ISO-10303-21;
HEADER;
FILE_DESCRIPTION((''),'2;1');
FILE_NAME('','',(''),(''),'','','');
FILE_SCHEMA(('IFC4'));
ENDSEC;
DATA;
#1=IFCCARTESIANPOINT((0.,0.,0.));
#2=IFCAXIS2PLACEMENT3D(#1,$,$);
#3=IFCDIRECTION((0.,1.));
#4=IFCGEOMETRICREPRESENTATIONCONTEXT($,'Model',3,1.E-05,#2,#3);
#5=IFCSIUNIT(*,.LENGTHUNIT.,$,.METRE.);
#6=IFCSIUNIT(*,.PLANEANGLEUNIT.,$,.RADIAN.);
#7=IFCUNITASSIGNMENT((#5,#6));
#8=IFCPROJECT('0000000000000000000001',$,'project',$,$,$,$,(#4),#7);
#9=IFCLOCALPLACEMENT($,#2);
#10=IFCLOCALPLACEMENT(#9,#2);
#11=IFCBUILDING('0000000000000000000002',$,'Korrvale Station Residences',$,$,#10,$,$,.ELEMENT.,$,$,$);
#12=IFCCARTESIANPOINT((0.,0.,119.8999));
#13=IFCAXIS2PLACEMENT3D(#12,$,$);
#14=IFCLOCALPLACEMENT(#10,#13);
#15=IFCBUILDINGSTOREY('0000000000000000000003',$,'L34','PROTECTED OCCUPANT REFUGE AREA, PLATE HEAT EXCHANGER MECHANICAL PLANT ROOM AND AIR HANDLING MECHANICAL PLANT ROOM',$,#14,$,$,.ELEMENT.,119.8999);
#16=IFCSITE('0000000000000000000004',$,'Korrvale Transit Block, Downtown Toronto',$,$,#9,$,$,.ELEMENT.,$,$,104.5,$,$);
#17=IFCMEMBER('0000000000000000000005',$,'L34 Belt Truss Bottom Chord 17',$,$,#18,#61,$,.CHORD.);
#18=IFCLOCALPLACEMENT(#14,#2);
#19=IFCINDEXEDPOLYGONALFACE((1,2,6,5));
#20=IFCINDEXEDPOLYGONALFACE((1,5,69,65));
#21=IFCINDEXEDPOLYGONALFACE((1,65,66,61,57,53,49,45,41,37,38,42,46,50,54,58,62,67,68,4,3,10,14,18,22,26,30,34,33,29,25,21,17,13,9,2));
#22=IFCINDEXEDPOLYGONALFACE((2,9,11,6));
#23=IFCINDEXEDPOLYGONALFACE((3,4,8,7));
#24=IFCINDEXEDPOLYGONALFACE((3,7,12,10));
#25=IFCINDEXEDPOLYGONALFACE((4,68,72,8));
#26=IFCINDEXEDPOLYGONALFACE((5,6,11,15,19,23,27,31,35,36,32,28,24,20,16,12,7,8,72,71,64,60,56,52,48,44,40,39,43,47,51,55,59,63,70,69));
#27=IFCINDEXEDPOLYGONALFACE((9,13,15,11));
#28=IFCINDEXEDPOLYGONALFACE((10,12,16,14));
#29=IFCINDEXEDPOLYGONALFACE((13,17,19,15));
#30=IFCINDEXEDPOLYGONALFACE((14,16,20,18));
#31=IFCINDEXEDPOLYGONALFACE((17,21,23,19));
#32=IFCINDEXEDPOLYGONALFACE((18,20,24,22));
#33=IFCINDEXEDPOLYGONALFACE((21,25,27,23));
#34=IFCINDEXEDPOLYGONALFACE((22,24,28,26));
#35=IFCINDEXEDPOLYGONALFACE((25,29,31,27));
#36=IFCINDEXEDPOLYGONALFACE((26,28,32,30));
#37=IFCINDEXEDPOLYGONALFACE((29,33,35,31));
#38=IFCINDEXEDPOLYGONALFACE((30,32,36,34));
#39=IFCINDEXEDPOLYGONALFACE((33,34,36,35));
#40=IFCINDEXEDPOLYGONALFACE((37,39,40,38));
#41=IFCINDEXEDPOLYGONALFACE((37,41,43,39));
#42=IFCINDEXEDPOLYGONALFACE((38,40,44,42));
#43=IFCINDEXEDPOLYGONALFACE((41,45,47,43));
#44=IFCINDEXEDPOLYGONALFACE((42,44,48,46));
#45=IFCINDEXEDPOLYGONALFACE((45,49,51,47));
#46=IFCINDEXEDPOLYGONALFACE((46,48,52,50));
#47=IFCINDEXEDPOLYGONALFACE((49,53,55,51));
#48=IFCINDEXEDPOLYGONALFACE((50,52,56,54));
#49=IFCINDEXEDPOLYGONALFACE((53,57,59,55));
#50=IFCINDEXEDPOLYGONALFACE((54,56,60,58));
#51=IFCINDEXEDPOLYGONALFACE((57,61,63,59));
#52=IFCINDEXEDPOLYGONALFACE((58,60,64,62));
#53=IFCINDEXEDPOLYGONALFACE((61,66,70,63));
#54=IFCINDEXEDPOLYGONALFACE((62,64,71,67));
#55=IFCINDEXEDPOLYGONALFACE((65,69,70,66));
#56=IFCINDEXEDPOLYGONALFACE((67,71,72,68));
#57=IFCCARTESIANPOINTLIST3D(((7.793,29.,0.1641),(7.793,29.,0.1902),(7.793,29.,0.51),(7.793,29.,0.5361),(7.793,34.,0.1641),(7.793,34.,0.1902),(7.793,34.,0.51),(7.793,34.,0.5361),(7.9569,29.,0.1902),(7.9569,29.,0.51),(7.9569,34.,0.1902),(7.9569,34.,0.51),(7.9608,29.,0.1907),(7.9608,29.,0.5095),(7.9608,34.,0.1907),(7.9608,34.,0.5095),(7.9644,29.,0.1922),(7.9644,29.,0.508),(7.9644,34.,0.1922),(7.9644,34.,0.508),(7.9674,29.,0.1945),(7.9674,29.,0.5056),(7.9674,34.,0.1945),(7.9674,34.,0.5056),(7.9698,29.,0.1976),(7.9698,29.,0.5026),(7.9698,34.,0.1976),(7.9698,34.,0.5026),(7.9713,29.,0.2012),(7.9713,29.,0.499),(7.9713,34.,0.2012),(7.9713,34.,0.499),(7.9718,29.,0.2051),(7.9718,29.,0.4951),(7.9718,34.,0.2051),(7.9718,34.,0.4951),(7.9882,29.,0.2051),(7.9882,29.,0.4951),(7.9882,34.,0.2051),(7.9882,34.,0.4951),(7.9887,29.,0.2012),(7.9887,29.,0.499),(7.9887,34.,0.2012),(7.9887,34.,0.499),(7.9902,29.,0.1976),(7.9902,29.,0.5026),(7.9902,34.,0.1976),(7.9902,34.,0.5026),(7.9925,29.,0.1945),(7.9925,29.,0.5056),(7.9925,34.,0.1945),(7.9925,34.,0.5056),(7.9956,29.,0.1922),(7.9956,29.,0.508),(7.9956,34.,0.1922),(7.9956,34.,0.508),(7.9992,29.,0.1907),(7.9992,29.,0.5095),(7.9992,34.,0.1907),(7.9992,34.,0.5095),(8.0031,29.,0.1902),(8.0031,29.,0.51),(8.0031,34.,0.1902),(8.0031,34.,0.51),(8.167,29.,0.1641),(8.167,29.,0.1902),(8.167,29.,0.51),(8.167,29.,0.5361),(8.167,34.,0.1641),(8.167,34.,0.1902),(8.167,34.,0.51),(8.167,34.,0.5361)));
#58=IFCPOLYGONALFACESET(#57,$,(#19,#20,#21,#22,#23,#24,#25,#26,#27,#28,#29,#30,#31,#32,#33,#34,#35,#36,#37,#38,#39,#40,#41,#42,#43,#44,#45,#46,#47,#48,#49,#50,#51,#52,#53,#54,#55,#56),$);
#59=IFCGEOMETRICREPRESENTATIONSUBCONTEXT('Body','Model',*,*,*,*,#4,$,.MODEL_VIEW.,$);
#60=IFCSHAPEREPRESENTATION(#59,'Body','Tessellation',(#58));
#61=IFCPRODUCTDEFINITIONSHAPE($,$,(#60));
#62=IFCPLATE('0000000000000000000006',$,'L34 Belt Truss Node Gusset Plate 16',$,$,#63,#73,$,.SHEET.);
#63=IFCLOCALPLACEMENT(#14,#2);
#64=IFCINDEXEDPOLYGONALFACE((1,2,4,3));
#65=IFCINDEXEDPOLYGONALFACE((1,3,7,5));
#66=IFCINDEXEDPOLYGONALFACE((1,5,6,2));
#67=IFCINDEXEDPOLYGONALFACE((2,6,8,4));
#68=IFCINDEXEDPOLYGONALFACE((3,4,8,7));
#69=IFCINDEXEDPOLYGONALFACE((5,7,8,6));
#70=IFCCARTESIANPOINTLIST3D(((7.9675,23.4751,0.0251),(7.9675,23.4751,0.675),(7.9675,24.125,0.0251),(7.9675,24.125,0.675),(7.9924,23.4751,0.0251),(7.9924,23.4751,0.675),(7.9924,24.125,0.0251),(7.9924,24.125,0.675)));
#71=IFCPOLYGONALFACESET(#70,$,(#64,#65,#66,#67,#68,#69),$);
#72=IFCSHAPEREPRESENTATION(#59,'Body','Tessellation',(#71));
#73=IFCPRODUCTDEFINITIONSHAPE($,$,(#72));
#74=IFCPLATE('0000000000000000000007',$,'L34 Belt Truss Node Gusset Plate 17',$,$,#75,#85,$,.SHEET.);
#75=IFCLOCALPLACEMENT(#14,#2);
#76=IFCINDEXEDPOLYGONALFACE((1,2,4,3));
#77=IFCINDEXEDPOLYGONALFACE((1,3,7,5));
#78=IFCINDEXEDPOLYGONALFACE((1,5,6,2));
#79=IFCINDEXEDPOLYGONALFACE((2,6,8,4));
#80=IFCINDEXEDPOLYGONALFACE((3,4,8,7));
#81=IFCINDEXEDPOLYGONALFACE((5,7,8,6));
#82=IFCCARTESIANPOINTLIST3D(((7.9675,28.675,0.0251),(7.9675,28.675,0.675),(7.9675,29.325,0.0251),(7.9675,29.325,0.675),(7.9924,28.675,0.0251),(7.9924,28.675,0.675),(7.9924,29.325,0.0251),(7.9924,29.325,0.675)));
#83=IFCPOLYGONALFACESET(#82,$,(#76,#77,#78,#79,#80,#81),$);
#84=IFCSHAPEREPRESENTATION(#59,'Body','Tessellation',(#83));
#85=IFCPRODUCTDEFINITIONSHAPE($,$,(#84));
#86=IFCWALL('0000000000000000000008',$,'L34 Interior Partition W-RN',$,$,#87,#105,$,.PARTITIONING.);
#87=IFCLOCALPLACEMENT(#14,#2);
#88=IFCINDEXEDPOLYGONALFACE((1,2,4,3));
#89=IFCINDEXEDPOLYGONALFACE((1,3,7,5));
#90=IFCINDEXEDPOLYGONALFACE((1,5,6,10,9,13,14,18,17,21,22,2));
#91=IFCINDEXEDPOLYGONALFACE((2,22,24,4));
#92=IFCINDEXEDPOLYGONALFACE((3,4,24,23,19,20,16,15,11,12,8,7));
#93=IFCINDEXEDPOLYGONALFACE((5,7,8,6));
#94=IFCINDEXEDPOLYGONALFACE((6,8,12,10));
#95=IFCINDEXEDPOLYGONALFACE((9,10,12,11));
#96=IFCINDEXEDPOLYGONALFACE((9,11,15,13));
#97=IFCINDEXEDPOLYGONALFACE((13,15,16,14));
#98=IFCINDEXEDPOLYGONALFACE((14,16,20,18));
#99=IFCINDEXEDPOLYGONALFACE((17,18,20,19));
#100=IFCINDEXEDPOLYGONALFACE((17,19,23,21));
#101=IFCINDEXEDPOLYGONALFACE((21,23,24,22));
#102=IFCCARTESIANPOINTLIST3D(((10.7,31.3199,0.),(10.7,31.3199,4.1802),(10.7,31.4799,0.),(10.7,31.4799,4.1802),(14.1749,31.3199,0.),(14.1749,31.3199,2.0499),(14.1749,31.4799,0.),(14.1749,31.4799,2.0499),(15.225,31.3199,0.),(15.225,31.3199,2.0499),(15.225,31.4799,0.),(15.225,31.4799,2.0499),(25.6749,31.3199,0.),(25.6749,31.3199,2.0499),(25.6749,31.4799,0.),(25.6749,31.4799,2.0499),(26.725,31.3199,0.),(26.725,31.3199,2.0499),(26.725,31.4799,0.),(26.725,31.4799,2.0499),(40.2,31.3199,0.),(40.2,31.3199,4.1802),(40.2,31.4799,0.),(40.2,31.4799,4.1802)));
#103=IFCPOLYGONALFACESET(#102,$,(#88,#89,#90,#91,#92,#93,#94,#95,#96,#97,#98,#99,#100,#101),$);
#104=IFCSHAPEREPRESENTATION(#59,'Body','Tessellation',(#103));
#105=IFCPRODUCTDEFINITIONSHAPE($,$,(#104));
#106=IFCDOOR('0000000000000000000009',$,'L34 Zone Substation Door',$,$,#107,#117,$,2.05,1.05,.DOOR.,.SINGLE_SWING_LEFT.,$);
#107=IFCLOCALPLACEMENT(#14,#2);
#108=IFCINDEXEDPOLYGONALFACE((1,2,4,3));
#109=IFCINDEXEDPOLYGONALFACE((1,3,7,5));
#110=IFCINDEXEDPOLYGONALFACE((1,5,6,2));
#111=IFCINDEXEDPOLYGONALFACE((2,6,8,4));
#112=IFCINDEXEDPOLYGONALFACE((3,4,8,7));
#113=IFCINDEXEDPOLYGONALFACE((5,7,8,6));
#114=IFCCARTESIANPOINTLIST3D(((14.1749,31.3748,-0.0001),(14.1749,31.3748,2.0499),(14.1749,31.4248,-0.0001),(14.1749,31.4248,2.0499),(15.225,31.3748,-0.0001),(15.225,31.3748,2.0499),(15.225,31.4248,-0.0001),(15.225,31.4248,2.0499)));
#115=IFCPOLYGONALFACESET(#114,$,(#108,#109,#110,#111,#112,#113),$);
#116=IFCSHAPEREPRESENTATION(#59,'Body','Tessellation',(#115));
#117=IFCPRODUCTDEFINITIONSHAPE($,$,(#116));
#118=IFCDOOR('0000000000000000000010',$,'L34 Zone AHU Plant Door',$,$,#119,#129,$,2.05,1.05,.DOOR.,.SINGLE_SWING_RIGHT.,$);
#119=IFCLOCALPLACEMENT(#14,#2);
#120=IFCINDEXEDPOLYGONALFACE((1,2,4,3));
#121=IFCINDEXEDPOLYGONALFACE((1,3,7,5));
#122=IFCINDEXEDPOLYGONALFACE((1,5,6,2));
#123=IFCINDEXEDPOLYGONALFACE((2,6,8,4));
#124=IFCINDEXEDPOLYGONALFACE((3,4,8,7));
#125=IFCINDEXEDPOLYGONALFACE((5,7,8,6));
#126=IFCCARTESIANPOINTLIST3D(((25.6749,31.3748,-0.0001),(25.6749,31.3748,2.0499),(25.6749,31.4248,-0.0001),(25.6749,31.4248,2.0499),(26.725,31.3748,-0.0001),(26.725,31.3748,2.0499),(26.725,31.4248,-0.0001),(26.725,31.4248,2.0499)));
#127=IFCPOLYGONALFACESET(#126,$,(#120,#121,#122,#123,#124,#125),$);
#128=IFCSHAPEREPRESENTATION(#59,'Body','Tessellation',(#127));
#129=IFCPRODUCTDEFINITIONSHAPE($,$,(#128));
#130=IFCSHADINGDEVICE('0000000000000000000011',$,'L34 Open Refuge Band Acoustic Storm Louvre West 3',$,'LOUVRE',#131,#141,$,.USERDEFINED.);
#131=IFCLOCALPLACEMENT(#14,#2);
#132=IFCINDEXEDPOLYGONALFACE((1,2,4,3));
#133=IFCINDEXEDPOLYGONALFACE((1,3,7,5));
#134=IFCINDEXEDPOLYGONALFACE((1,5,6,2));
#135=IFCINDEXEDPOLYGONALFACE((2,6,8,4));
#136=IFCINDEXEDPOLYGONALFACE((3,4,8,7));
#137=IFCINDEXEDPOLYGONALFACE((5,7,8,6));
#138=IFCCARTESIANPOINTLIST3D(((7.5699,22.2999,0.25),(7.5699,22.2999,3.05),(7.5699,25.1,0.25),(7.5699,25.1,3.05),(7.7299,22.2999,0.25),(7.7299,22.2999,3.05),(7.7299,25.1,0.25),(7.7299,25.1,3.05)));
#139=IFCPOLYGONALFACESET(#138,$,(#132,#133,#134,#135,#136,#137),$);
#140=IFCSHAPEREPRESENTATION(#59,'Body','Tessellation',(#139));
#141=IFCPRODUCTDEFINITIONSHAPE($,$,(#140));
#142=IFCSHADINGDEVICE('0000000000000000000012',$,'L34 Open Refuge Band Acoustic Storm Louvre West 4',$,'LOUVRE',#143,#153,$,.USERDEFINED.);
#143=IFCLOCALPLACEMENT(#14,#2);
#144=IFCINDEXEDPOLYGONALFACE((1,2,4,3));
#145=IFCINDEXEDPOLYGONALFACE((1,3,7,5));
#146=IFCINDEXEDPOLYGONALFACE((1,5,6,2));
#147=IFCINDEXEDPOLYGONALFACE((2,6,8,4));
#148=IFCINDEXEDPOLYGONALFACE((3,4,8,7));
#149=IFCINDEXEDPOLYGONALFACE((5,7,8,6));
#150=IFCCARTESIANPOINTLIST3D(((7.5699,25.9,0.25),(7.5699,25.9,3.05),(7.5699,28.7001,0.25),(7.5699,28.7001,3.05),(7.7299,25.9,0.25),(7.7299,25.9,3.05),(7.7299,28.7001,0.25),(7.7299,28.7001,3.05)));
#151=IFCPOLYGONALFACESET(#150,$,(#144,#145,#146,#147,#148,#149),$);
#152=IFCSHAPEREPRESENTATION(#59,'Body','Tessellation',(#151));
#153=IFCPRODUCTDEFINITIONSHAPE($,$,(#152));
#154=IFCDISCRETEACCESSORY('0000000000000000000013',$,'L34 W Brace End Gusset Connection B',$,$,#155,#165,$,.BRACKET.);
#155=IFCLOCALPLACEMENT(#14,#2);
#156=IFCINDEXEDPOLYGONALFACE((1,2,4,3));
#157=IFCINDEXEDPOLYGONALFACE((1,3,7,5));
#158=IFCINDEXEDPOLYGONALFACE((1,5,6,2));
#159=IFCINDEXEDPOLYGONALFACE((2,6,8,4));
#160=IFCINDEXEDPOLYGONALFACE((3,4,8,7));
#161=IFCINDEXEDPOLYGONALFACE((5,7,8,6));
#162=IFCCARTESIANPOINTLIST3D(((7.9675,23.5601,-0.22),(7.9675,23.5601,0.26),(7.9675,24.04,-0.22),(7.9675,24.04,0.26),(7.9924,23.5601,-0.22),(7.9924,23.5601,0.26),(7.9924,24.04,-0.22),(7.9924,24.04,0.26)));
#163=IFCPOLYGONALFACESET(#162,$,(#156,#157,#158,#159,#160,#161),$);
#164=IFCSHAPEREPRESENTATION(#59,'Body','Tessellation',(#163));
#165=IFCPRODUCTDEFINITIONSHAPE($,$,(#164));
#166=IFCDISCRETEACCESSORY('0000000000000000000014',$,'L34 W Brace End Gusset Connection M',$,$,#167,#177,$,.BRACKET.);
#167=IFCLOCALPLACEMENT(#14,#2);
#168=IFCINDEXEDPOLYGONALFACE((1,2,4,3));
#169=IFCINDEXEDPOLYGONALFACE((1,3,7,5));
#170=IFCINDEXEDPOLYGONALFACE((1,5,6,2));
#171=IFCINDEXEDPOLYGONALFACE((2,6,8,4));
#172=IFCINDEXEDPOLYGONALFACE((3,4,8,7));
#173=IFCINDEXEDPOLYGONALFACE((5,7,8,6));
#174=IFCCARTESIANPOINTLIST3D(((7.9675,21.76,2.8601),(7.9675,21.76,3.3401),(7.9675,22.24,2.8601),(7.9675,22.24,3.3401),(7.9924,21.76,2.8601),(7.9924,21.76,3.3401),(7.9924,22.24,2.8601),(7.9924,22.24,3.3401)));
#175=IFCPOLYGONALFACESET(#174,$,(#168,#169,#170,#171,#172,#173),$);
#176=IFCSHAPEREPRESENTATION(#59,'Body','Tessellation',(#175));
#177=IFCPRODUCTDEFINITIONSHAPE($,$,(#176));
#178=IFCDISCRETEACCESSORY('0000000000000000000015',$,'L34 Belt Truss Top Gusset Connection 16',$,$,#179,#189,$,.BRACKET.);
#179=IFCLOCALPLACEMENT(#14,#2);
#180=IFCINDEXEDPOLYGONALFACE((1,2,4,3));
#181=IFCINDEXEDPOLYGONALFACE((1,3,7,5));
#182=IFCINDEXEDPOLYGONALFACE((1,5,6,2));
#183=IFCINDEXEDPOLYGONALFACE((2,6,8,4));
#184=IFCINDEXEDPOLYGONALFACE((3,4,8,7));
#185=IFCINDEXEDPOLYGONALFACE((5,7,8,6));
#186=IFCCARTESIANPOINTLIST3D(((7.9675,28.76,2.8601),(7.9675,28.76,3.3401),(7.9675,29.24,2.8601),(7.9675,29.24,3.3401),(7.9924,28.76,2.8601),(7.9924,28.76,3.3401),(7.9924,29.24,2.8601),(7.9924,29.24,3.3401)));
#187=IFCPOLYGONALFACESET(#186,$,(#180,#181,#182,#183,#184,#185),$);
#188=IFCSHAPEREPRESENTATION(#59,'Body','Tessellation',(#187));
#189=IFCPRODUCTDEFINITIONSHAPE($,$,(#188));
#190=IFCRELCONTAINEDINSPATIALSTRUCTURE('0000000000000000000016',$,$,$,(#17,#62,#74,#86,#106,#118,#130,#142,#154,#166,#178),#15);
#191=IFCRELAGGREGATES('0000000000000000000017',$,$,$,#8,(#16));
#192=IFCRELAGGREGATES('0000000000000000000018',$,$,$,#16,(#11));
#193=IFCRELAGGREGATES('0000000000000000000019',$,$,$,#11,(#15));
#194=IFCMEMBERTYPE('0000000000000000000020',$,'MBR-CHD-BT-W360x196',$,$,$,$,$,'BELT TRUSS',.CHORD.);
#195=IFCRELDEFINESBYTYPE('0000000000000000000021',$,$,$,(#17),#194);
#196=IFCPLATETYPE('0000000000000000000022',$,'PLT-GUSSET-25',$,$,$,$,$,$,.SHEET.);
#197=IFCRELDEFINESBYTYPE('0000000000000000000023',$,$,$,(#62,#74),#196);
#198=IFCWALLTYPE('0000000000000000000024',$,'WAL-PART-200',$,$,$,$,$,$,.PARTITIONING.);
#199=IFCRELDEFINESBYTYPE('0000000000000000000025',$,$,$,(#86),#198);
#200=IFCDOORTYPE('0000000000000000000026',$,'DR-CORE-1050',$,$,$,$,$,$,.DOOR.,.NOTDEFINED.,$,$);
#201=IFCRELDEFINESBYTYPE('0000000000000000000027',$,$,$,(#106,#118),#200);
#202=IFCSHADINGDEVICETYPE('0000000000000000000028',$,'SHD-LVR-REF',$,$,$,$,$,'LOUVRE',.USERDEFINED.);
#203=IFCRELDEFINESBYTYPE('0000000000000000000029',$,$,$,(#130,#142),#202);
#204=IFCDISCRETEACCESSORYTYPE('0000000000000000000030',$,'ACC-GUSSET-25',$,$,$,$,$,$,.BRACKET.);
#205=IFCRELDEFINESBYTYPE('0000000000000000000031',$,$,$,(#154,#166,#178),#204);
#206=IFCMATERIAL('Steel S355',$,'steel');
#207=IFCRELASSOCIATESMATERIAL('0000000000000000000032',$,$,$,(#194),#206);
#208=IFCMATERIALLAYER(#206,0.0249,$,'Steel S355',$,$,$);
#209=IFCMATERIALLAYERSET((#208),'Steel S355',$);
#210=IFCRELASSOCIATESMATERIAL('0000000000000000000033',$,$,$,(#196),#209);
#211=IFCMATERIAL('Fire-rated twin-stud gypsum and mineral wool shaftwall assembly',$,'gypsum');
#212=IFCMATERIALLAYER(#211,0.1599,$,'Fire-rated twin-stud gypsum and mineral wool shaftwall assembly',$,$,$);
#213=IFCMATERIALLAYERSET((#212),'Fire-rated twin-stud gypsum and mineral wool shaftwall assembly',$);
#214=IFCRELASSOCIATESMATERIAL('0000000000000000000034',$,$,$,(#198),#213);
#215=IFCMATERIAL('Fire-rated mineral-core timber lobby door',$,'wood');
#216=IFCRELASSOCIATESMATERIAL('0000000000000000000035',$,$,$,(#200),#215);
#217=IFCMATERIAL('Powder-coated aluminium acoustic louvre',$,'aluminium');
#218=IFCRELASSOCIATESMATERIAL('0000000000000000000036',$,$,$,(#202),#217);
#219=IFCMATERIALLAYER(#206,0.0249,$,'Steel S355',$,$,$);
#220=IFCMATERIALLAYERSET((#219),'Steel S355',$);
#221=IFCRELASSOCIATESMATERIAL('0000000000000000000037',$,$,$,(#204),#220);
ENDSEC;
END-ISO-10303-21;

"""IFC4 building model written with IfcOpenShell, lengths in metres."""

from ifc_helpers import new_model, si_unit, direction, frame, frame_2d, origin, origin_2d, place, context, subcontext, project, spatial, rectangle, i_section, extrude, material, layer, layer_set, material_profile, profile_set, type_object, element, fill, save


model = new_model("IFC4")

# Units and contexts
model_context = context("Model", 3, precision=1e-05, world=origin(), true_north=direction((0.0, 1.0)))
body_context = subcontext(model_context, "Body", "Model", "MODEL_VIEW")
ifc_project = project(units=[si_unit("LENGTHUNIT", "METRE"), si_unit("PLANEANGLEUNIT", "RADIAN")], contexts=[model_context])

# Site, building, storey
site_placement = place(None, origin())
site = spatial("IfcSite", under=ifc_project, at=site_placement, Name="Korrvale Transit Block, Downtown Toronto", CompositionType="ELEMENT", RefElevation=104.5)
building_placement = place(site_placement, origin())
building = spatial("IfcBuilding", under=site, at=building_placement, Name="Korrvale Station Residences", CompositionType="ELEMENT")
storey_placement = place(building_placement, frame((0.0, 0.0, 119.8999)))
storey = spatial("IfcBuildingStorey", under=building, at=storey_placement, Name="L34", Description="PROTECTED OCCUPANT REFUGE AREA, PLATE HEAT EXCHANGER MECHANICAL PLANT ROOM AND AIR HANDLING MECHANICAL PLANT ROOM", CompositionType="ELEMENT", Elevation=119.8999)

# Member
ifc_material_1 = material(Name="Steel S355", Category="steel")
ifc_material_profile_1 = material_profile(ifc_material_1, i_section(OverallWidth=0.374, OverallDepth=0.3721, WebThickness=0.0164, FlangeThickness=0.0261, FilletRadius=0.0149, at=origin_2d()), Name="W360x196")
ifc_profile_set_1 = profile_set([ifc_material_profile_1], Name="Steel S355")
member_type_1 = type_object("IfcMemberType", Name="MBR-CHD-BT-W360x196", ElementType="BELT TRUSS", PredefinedType="CHORD", material=ifc_profile_set_1)
member_1_placement = place(storey_placement, frame((7.98, 29.0, 0.3501), z_axis=(0.0, 1.0, 0.0), x_axis=(-1.0, 0.0, 0.0)))
element("IfcMember", 1, at=member_1_placement, inside=storey, type_object=member_type_1, Name="L34 Belt Truss Bottom Chord 17", PredefinedType="CHORD", context=body_context, shape_type="SweptSolid", body=[
    extrude(i_section(OverallWidth=0.374, OverallDepth=0.3721, WebThickness=0.0164, FlangeThickness=0.0261, FilletRadius=0.0149, at=origin_2d()), origin(), (0.0, 0.0, 1.0), 5.0),
])

# Plates
ifc_layer_1 = layer(ifc_material_1, 0.0249, Name="Steel S355")
ifc_layer_set_1 = layer_set([ifc_layer_1], Name="Steel S355")
plate_type = type_object("IfcPlateType", Name="PLT-GUSSET-25", PredefinedType="SHEET", material=ifc_layer_set_1)
for number, where, z_axis, x_axis, name in (
    (2, (7.98, 23.8, 0.0251), (0.0, 0.0, 1.0), (0.0, 1.0, 0.0), "L34 Belt Truss Node Gusset Plate 16"),
    (3, (7.98, 29.0, 0.0251), (0.0, 0.0, 1.0), (0.0, 1.0, 0.0), "L34 Belt Truss Node Gusset Plate 17"),
):
    element("IfcPlate", number, at=place(storey_placement, frame(where, z_axis=z_axis, x_axis=x_axis)), inside=storey, type_object=plate_type, Name=name, PredefinedType="SHEET", context=body_context, shape_type="SweptSolid", body=[
        extrude(rectangle(XDim=0.6499, YDim=0.0249, at=origin_2d()), origin(), (0.0, 0.0, 1.0), 0.6499),
    ])

# Wall, openings, doors
ifc_material_2 = material(Name="Fire-rated twin-stud gypsum and mineral wool shaftwall assembly", Category="gypsum")
ifc_layer_2 = layer(ifc_material_2, 0.1599, Name="Fire-rated twin-stud gypsum and mineral wool shaftwall assembly")
ifc_layer_set_2 = layer_set([ifc_layer_2], Name="Fire-rated twin-stud gypsum and mineral wool shaftwall assembly")
wall_type = type_object("IfcWallType", Name="WAL-PART-200", PredefinedType="PARTITIONING", material=ifc_layer_set_2)
wall_placement = place(storey_placement, frame((10.7, 31.3999, 0.0), z_axis=(0.0, 0.0, 1.0), x_axis=(1.0, 0.0, 0.0)))
wall = element("IfcWall", 4, at=wall_placement, inside=storey, type_object=wall_type, Name="L34 Interior Partition W-RN", PredefinedType="PARTITIONING", context=body_context, shape_type="SweptSolid", body=[
    extrude(rectangle(XDim=29.5, YDim=0.1599, at=frame_2d((14.75, 0.0))), origin(), (0.0, 0.0, 1.0), 4.1802),
])
opening_1_placement = place(wall_placement, frame((3.4751, 0.0, 0.0)))
opening_1 = element("IfcOpeningElement", 5, at=opening_1_placement, cuts=wall, PredefinedType="OPENING", context=body_context, shape_type="SweptSolid", body=[
    extrude(rectangle(XDim=1.05, YDim=2.05, at=frame_2d((0.5249, 1.0249))), frame((0.0, 0.0898, 0.0), z_axis=(0.0, -1.0, 0.0), x_axis=(1.0, 0.0, 0.0)), (0.0, 0.0, 1.0), 0.1799),
])
opening_2_placement = place(wall_placement, frame((14.9751, 0.0, 0.0)))
opening_2 = element("IfcOpeningElement", 6, at=opening_2_placement, cuts=wall, PredefinedType="OPENING", context=body_context, shape_type="SweptSolid", body=[
    extrude(rectangle(XDim=1.05, YDim=2.05, at=frame_2d((0.5249, 1.0249))), frame((0.0, 0.0898, 0.0), z_axis=(0.0, -1.0, 0.0), x_axis=(1.0, 0.0, 0.0)), (0.0, 0.0, 1.0), 0.1799),
])
ifc_material_3 = material(Name="Fire-rated mineral-core timber lobby door", Category="wood")
door_type = type_object("IfcDoorType", Name="DR-CORE-1050", OperationType="NOTDEFINED", PredefinedType="DOOR", material=ifc_material_3)
door_1_placement = place(opening_1_placement, origin())
door_1 = element("IfcDoor", 7, at=door_1_placement, inside=storey, type_object=door_type, Name="L34 Zone Substation Door", OperationType="SINGLE_SWING_LEFT", OverallHeight=2.05, OverallWidth=1.05, PredefinedType="DOOR", context=body_context, shape_type="SweptSolid", body=[
    extrude(rectangle(XDim=1.05, YDim=2.05, at=frame_2d((0.5249, 1.0249))), frame((0.0, 0.0249, 0.0), z_axis=(0.0, -1.0, 0.0), x_axis=(1.0, 0.0, 0.0)), (0.0, 0.0, 1.0), 0.05),
])
fill(opening_1, door_1)
door_2_placement = place(opening_2_placement, origin())
door_2 = element("IfcDoor", 8, at=door_2_placement, inside=storey, type_object=door_type, Name="L34 Zone AHU Plant Door", OperationType="SINGLE_SWING_RIGHT", OverallHeight=2.05, OverallWidth=1.05, PredefinedType="DOOR", context=body_context, shape_type="SweptSolid", body=[
    extrude(rectangle(XDim=1.05, YDim=2.05, at=frame_2d((0.5249, 1.0249))), frame((0.0, 0.0249, 0.0), z_axis=(0.0, -1.0, 0.0), x_axis=(1.0, 0.0, 0.0)), (0.0, 0.0, 1.0), 0.05),
])
fill(opening_2, door_2)

# Shading devices
ifc_material_4 = material(Name="Powder-coated aluminium acoustic louvre", Category="aluminium")
shading_device_type = type_object("IfcShadingDeviceType", Name="SHD-LVR-REF", ElementType="LOUVRE", PredefinedType="USERDEFINED", material=ifc_material_4)
for number, where, z_axis, x_axis, name in (
    (9, (7.6499, 23.7, 0.25), (0.0, 0.0, 1.0), (1.0, 0.0, 0.0), "L34 Open Refuge Band Acoustic Storm Louvre West 3"),
    (10, (7.6499, 27.3, 0.25), (0.0, 0.0, 1.0), (1.0, 0.0, 0.0), "L34 Open Refuge Band Acoustic Storm Louvre West 4"),
):
    element("IfcShadingDevice", number, at=place(storey_placement, frame(where, z_axis=z_axis, x_axis=x_axis)), inside=storey, type_object=shading_device_type, Name=name, ObjectType="LOUVRE", PredefinedType="USERDEFINED", context=body_context, shape_type="SweptSolid", body=[
        extrude(rectangle(XDim=0.1599, YDim=2.8, at=origin_2d()), origin(), (0.0, 0.0, 1.0), 2.8),
    ])

# Discrete accessories
ifc_layer_3 = layer(ifc_material_1, 0.0249, Name="Steel S355")
ifc_layer_set_3 = layer_set([ifc_layer_3], Name="Steel S355")
discrete_accessory_type = type_object("IfcDiscreteAccessoryType", Name="ACC-GUSSET-25", PredefinedType="BRACKET", material=ifc_layer_set_3)
for number, where, z_axis, x_axis, name in (
    (11, (7.98, 23.8, -0.22), (0.0, 0.0, 1.0), (0.0, 1.0, 0.0), "L34 W Brace End Gusset Connection B"),
    (12, (7.98, 22.0, 2.8601), (0.0, 0.0, 1.0), (0.0, 1.0, 0.0), "L34 W Brace End Gusset Connection M"),
    (13, (7.98, 29.0, 2.8601), (0.0, 0.0, 1.0), (0.0, 1.0, 0.0), "L34 Belt Truss Top Gusset Connection 16"),
):
    element("IfcDiscreteAccessory", number, at=place(storey_placement, frame(where, z_axis=z_axis, x_axis=x_axis)), inside=storey, type_object=discrete_accessory_type, Name=name, PredefinedType="BRACKET", context=body_context, shape_type="SweptSolid", body=[
        extrude(rectangle(XDim=0.48, YDim=0.0249, at=origin_2d()), origin(), (0.0, 0.0, 1.0), 0.48),
    ])

save(model, "model.ifc")
